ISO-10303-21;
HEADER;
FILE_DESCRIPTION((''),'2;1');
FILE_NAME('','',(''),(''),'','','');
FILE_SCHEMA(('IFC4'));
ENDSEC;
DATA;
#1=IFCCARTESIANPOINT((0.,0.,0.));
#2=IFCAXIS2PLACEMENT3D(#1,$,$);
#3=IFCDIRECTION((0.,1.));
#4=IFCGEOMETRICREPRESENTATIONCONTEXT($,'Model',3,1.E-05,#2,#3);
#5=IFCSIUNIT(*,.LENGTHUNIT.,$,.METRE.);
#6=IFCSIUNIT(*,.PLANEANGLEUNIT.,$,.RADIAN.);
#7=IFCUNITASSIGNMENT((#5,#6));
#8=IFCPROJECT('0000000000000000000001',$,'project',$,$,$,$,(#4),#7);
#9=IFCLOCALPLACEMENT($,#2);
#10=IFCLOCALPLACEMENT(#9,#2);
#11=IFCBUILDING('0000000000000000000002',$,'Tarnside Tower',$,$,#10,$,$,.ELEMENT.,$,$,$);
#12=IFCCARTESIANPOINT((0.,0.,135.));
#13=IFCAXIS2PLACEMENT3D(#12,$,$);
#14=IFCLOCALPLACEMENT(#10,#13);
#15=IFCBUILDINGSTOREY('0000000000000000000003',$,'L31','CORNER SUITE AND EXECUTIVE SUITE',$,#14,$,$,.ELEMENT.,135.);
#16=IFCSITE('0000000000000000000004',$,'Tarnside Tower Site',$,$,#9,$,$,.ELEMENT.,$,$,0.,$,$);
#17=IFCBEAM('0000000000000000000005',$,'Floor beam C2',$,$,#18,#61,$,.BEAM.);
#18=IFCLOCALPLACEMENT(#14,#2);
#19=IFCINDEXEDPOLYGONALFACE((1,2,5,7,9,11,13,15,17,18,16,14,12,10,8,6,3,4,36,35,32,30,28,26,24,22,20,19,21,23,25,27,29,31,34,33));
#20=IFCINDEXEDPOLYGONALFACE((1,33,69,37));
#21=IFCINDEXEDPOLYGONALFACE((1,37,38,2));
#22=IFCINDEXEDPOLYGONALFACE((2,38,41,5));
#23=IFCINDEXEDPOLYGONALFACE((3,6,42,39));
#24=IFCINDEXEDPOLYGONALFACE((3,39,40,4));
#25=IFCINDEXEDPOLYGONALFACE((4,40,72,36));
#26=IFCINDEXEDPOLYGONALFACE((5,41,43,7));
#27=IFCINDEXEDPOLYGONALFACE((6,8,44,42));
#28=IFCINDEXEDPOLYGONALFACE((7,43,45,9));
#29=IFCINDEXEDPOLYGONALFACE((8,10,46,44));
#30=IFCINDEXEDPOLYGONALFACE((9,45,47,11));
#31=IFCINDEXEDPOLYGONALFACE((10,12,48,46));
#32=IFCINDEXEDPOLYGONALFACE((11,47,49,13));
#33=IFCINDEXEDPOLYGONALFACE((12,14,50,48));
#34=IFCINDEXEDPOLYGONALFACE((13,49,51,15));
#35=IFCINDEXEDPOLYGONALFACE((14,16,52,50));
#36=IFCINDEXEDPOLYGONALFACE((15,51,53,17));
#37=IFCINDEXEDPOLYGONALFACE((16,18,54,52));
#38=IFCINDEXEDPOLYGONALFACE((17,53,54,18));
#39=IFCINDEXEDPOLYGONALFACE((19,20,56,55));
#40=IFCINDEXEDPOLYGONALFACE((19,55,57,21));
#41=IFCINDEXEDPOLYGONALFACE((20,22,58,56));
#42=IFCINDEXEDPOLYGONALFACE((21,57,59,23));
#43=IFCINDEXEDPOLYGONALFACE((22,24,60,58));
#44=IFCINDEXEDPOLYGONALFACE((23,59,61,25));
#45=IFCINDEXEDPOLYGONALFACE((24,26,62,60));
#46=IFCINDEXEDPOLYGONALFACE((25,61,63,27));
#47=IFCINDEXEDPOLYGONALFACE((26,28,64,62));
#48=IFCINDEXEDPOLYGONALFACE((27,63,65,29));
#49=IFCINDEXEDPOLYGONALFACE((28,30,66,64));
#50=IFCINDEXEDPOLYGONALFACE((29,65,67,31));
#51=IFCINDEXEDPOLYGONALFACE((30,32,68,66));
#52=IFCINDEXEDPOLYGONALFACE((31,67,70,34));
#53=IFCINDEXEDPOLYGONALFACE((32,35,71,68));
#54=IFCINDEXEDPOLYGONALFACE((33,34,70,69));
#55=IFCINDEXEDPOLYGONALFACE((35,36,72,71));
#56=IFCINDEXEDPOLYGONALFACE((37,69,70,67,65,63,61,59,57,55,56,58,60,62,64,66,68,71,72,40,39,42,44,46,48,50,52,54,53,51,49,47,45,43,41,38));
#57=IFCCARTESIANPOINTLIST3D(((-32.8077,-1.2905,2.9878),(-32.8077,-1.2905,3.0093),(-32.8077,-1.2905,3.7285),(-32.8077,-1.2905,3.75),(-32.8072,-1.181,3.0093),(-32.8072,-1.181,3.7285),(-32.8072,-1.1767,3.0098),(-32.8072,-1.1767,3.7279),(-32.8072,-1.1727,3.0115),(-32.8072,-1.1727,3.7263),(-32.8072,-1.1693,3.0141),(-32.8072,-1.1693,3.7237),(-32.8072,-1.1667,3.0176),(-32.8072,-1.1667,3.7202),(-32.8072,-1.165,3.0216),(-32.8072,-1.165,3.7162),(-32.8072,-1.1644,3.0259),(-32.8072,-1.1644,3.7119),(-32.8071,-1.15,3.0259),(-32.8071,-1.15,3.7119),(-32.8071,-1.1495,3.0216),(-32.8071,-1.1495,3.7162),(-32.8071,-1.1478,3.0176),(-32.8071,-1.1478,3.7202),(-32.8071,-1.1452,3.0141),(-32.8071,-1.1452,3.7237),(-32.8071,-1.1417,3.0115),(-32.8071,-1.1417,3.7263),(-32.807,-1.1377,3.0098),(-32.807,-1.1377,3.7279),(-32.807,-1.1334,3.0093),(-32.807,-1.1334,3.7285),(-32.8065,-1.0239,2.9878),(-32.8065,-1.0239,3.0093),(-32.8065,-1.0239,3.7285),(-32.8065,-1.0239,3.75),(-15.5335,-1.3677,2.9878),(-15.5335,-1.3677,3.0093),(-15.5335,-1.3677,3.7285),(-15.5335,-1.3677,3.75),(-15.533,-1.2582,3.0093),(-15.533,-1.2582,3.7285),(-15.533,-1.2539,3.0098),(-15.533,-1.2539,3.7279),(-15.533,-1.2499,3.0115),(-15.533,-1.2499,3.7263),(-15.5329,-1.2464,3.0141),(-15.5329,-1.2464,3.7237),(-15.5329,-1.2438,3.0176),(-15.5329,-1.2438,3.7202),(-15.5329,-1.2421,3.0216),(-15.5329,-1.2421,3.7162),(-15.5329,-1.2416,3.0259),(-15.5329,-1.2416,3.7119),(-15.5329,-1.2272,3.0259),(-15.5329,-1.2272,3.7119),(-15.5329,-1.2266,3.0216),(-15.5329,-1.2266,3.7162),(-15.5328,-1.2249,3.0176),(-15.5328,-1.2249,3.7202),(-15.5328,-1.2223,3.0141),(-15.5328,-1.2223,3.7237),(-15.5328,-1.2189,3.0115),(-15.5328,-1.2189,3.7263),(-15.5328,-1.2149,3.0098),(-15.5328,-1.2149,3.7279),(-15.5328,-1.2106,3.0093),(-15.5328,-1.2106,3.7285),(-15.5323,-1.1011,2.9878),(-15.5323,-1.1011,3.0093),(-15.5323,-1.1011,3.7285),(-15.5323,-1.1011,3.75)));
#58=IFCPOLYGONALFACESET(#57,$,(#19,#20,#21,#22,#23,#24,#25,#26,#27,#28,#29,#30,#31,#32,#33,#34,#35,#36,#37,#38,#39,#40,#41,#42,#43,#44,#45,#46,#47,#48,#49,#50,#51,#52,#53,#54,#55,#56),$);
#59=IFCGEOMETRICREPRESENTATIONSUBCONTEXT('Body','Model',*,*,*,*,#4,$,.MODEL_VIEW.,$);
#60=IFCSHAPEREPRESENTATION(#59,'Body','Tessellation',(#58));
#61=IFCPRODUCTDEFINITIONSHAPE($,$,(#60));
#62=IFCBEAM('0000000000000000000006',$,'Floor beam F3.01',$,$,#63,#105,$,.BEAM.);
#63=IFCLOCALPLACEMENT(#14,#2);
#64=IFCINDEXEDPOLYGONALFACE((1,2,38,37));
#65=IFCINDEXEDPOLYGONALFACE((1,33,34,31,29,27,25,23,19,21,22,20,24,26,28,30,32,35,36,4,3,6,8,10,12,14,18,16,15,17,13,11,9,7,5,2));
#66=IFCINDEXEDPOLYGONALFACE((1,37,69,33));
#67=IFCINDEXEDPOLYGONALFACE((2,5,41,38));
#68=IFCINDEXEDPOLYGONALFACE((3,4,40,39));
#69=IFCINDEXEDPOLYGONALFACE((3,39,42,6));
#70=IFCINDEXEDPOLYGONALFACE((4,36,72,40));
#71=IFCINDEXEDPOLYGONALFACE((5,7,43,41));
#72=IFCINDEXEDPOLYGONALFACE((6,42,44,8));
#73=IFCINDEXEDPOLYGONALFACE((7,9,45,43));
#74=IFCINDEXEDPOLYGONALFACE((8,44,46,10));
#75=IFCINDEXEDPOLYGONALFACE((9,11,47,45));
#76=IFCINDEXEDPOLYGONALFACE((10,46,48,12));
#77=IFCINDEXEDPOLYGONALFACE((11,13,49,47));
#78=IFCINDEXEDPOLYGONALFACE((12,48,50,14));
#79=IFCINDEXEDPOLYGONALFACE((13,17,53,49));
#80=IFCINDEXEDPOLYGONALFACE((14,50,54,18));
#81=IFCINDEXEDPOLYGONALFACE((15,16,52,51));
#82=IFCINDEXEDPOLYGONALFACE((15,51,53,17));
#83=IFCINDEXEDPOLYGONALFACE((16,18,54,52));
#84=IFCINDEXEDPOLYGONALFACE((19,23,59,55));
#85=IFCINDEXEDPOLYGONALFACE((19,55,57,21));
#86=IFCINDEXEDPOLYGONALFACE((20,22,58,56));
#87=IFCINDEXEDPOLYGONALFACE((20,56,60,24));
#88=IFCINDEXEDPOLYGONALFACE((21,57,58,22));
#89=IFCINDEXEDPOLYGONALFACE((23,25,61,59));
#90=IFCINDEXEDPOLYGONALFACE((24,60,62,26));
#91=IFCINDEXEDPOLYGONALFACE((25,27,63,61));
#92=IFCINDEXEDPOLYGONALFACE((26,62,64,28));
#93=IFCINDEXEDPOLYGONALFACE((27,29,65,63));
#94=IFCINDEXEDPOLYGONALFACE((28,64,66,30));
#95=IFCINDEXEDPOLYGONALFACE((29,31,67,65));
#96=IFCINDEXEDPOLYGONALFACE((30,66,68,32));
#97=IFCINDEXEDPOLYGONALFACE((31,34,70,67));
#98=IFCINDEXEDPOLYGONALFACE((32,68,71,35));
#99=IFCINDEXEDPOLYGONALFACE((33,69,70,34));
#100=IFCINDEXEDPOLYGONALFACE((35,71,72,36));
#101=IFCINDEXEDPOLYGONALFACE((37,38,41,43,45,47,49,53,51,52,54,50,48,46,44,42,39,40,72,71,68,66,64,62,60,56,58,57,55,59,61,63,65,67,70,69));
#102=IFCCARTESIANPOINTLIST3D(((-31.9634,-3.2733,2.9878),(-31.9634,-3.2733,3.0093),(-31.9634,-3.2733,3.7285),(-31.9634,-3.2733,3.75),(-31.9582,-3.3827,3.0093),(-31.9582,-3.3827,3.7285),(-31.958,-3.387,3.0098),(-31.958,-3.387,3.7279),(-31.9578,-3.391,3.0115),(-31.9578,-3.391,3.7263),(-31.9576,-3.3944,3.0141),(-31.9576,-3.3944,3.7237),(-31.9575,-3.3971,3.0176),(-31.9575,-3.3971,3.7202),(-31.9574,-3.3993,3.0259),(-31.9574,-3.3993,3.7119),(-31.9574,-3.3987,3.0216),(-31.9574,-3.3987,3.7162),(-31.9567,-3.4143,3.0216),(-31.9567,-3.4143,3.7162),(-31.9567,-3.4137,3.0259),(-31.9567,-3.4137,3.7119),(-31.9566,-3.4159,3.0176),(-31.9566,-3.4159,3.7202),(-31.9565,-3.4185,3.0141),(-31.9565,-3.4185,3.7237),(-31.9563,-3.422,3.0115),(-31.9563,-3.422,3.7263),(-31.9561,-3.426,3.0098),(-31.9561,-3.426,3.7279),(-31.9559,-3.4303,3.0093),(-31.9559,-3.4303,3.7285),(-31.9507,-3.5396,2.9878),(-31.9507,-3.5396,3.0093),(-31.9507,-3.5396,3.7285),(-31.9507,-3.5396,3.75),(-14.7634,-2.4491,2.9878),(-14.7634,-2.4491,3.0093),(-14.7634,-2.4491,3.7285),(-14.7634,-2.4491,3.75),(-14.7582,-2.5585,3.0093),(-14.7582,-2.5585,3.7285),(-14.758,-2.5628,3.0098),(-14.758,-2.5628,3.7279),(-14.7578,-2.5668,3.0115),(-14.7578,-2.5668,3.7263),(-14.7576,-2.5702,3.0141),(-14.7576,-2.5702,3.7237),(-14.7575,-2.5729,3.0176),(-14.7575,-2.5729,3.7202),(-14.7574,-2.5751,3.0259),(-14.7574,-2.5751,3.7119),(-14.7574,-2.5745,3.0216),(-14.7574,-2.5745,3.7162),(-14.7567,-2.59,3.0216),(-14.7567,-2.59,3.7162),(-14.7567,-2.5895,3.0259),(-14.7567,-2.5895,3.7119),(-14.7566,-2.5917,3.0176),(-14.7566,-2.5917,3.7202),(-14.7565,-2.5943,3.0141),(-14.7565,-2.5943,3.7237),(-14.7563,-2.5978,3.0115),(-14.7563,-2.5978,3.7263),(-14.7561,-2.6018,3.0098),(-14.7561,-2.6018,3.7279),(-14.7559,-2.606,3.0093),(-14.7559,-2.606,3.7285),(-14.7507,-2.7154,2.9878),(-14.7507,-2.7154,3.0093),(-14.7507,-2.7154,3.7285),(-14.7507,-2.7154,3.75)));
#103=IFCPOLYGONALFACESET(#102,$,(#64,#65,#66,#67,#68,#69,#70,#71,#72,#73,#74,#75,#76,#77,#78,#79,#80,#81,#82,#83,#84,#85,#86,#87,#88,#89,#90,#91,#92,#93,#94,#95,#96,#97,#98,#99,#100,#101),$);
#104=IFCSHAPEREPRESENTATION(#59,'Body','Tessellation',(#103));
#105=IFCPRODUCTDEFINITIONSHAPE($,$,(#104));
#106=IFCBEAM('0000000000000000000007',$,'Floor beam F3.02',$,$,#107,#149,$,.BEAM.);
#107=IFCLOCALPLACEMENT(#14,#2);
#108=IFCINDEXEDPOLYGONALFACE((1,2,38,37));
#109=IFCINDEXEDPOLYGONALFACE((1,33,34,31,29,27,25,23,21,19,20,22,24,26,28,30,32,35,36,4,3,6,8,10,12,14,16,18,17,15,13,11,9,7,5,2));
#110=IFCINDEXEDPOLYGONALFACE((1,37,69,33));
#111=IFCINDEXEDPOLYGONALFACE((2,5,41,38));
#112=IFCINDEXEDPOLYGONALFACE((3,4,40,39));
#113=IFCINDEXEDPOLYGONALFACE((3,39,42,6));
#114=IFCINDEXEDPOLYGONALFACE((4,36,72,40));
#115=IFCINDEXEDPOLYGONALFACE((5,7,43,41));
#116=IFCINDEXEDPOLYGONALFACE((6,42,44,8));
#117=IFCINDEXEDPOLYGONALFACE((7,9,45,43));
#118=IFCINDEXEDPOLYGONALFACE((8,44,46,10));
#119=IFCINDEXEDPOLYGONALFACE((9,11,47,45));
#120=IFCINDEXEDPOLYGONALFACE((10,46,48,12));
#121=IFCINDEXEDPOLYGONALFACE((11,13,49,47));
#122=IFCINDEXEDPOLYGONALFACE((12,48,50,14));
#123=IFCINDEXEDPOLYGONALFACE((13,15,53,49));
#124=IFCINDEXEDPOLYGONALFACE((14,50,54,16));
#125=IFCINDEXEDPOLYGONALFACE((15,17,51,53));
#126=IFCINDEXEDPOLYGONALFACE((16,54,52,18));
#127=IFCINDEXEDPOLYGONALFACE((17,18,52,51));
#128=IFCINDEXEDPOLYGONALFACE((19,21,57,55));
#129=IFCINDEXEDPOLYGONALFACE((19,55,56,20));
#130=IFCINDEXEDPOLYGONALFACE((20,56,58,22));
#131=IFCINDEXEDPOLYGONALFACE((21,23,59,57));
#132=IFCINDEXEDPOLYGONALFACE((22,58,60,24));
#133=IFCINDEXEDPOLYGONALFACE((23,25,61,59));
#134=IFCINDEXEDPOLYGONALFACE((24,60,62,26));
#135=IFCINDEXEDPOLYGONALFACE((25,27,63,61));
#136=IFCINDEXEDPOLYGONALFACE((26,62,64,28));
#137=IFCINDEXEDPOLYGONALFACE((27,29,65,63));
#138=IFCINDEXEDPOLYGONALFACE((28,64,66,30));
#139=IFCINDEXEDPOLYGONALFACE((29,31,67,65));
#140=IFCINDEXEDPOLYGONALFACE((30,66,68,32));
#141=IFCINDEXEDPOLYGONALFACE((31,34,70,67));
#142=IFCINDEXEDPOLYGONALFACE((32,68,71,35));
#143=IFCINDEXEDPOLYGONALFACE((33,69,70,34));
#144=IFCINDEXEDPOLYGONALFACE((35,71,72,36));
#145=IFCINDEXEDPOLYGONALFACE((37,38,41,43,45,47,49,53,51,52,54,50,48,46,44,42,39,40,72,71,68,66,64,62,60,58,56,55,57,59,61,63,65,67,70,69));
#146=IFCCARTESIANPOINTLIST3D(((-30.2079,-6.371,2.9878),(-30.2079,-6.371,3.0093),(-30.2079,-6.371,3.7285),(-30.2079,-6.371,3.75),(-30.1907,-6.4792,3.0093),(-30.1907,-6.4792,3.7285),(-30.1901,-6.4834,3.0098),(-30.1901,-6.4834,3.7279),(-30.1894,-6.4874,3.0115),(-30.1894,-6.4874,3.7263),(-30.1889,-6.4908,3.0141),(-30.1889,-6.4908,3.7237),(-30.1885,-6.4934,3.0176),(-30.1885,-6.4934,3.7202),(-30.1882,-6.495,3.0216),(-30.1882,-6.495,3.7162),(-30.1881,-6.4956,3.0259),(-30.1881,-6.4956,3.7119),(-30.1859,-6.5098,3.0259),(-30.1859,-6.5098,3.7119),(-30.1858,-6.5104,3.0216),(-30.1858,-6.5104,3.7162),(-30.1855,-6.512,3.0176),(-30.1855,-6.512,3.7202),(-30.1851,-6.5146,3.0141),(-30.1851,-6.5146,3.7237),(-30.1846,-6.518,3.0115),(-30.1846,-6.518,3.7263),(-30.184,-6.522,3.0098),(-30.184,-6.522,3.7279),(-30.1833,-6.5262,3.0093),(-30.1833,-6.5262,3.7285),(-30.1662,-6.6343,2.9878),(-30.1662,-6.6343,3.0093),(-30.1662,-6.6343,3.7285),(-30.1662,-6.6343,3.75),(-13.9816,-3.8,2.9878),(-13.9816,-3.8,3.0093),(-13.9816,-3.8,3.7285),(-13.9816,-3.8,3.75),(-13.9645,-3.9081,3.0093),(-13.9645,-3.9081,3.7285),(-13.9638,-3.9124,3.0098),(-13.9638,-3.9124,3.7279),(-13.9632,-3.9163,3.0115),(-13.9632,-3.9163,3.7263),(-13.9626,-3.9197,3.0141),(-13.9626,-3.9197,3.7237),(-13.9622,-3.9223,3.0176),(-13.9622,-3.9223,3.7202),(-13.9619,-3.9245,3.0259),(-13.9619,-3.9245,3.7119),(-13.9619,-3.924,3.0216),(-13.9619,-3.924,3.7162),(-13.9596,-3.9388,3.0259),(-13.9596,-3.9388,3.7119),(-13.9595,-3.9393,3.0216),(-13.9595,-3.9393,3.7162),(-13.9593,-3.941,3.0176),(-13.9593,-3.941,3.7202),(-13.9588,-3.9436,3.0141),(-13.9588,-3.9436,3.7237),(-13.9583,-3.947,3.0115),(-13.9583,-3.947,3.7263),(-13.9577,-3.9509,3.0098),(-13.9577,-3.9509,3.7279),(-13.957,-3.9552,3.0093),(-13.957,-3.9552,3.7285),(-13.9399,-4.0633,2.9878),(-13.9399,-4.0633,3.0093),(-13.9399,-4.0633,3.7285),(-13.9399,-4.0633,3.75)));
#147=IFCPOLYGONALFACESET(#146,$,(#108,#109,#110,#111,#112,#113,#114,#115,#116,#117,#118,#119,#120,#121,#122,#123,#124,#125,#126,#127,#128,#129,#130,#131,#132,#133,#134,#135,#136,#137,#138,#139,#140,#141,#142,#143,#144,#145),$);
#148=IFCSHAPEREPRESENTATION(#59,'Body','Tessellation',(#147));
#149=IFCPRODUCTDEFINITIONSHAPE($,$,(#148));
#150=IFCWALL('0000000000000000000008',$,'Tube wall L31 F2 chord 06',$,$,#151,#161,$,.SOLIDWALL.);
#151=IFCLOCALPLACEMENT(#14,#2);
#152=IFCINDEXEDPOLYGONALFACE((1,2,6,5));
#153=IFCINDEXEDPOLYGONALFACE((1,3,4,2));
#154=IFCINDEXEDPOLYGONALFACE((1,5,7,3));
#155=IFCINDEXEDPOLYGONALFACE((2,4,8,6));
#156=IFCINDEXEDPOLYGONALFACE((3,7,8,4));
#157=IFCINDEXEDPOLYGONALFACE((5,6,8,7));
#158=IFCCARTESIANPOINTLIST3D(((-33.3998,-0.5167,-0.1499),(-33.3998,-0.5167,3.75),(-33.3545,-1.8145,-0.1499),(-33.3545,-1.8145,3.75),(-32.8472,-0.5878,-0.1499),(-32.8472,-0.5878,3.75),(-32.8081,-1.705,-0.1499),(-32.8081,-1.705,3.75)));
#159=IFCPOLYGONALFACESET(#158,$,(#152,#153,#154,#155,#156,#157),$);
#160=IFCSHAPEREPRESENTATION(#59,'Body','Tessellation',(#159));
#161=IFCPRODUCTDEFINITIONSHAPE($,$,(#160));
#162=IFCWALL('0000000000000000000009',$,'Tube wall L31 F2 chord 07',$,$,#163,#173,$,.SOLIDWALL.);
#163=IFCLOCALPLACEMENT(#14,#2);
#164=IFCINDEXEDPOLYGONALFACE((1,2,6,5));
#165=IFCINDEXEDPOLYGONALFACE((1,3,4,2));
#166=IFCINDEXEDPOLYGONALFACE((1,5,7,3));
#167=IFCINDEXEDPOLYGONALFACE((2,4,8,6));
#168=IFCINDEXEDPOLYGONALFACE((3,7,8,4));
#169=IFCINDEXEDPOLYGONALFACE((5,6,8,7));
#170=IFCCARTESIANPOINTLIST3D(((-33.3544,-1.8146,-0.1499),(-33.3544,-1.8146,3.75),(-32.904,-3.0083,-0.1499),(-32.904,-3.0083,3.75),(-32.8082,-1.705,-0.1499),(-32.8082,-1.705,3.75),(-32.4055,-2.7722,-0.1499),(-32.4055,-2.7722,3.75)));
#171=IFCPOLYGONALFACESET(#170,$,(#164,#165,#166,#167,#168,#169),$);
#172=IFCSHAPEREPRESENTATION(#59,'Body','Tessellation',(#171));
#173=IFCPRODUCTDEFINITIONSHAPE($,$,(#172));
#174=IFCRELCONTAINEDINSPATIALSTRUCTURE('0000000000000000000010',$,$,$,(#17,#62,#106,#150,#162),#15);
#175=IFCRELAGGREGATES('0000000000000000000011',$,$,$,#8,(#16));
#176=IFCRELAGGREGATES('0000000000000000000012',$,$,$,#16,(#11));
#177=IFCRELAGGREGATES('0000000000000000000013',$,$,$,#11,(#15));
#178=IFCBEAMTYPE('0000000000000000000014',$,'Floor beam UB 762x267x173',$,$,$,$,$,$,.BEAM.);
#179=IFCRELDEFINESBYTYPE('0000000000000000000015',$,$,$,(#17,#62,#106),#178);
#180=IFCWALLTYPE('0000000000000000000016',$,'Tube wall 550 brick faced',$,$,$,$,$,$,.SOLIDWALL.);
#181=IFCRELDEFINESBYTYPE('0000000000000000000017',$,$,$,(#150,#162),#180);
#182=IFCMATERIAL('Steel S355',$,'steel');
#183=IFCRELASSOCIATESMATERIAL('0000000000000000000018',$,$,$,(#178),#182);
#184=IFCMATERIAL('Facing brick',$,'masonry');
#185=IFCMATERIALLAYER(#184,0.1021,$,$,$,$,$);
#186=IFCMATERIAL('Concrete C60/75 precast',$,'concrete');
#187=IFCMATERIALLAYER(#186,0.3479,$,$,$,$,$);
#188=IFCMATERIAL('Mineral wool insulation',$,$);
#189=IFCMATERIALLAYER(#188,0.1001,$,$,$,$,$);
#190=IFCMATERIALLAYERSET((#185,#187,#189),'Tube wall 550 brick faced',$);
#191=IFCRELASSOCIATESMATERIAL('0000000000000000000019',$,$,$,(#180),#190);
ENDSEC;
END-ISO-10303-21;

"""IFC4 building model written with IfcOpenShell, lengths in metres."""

from ifc_helpers import new_model, si_unit, direction, frame, origin, origin_2d, place, context, subcontext, project, spatial, polyline, i_section, outline, extrude, material, layer, layer_set, material_profile, profile_set, type_object, element, save


model = new_model("IFC4")

# Units and contexts
model_context = context("Model", 3, precision=1e-05, world=origin(), true_north=direction((0.0, 1.0)))
body_context = subcontext(model_context, "Body", "Model", "MODEL_VIEW")
ifc_project = project(units=[si_unit("LENGTHUNIT", "METRE"), si_unit("PLANEANGLEUNIT", "RADIAN")], contexts=[model_context])

# Site, building, storey
site_placement = place(None, origin())
site = spatial("IfcSite", under=ifc_project, at=site_placement, Name="Tarnside Tower Site", CompositionType="ELEMENT", RefElevation=0.0)
building_placement = place(site_placement, origin())
building = spatial("IfcBuilding", under=site, at=building_placement, Name="Tarnside Tower", CompositionType="ELEMENT")
storey_placement = place(building_placement, frame((0.0, 0.0, 135.0)))
storey = spatial("IfcBuildingStorey", under=building, at=storey_placement, Name="L31", Description="CORNER SUITE AND EXECUTIVE SUITE", CompositionType="ELEMENT", Elevation=135.0)

# Beams
ifc_material_1 = material(Name="Steel S355", Category="steel")
ifc_material_profile = material_profile(ifc_material_1, i_section(OverallWidth=0.2666, OverallDepth=0.7622, WebThickness=0.0144, FlangeThickness=0.0215, FilletRadius=0.0166, at=origin_2d()), Name="UB 762x267x173")
ifc_profile_set = profile_set([ifc_material_profile], Name="Steel S355")
beam_type = type_object("IfcBeamType", Name="Floor beam UB 762x267x173", PredefinedType="BEAM", material=ifc_profile_set)
beam_1_placement = place(storey_placement, frame((-32.8071, -1.1572, 3.3689), z_axis=(0.99999, -0.004466, 0.0), x_axis=(0.004466, 0.99999, 0.0)))
element("IfcBeam", 1, at=beam_1_placement, inside=storey, type_object=beam_type, Name="Floor beam C2", PredefinedType="BEAM", context=body_context, shape_type="SweptSolid", body=[
    extrude(i_section(OverallWidth=0.2666, OverallDepth=0.7622, WebThickness=0.0144, FlangeThickness=0.0215, FilletRadius=0.0166, at=origin_2d()), origin(), (0.0, 0.0, 1.0), 17.2744),
])
beam_2_placement = place(storey_placement, frame((-31.957, -3.4065, 3.3689), z_axis=(0.998854, 0.047865, 0.0), x_axis=(-0.047865, 0.998854, 0.0)))
element("IfcBeam", 2, at=beam_2_placement, inside=storey, type_object=beam_type, Name="Floor beam F3.01", PredefinedType="BEAM", context=body_context, shape_type="SweptSolid", body=[
    extrude(i_section(OverallWidth=0.2666, OverallDepth=0.7622, WebThickness=0.0144, FlangeThickness=0.0215, FilletRadius=0.0166, at=origin_2d()), origin(), (0.0, 0.0, 1.0), 17.2197),
])
beam_3_placement = place(storey_placement, frame((-30.187, -6.5027, 3.3689), z_axis=(0.987678, 0.156497, 0.0), x_axis=(-0.156497, 0.987678, 0.0)))
element("IfcBeam", 3, at=beam_3_placement, inside=storey, type_object=beam_type, Name="Floor beam F3.02", PredefinedType="BEAM", context=body_context, shape_type="SweptSolid", body=[
    extrude(i_section(OverallWidth=0.2666, OverallDepth=0.7622, WebThickness=0.0144, FlangeThickness=0.0215, FilletRadius=0.0166, at=origin_2d()), origin(), (0.0, 0.0, 1.0), 16.4287),
])

# Walls
ifc_material_2 = material(Name="Facing brick", Category="masonry")
ifc_layer_1 = layer(ifc_material_2, 0.1021)
ifc_material_3 = material(Name="Concrete C60/75 precast", Category="concrete")
ifc_layer_2 = layer(ifc_material_3, 0.3479)
ifc_material_4 = material(Name="Mineral wool insulation")
ifc_layer_3 = layer(ifc_material_4, 0.1001)
ifc_layer_set_1 = layer_set([ifc_layer_1, ifc_layer_2, ifc_layer_3], Name="Tube wall 550 brick faced")
wall_type = type_object("IfcWallType", Name="Tube wall 550 brick faced", PredefinedType="SOLIDWALL", material=ifc_layer_set_1)
wall_1_placement = place(storey_placement, frame((-33.1235, -0.5522, -0.1499), z_axis=(0.0, 0.0, 1.0), x_axis=(0.034956, -0.999389, 0.0)))
element("IfcWall", 4, at=wall_1_placement, inside=storey, type_object=wall_type, Name="Tube wall L31 F2 chord 06", PredefinedType="SOLIDWALL", context=body_context, shape_type="SweptSolid", body=[
    extrude(outline(polyline([(-0.0452, -0.2749), (1.2534, -0.2749), (1.1631, 0.2749), (0.0452, 0.2749), (-0.0452, -0.2749)])), origin(), (0.0, 0.0, 1.0), 3.8999),
])
wall_2_placement = place(storey_placement, frame((-33.0813, -1.7598, -0.1499), z_axis=(0.0, 0.0, 1.0), x_axis=(0.353027, -0.935613, 0.0)))
element("IfcWall", 5, at=wall_2_placement, inside=storey, type_object=wall_type, Name="Tube wall L31 F2 chord 07", PredefinedType="SOLIDWALL", context=body_context, shape_type="SweptSolid", body=[
    extrude(outline(polyline([(-0.0452, -0.2749), (1.2307, -0.2749), (1.1858, 0.2749), (0.0452, 0.2749), (-0.0452, -0.2749)])), origin(), (0.0, 0.0, 1.0), 3.8999),
])

save(model, "model.ifc")
